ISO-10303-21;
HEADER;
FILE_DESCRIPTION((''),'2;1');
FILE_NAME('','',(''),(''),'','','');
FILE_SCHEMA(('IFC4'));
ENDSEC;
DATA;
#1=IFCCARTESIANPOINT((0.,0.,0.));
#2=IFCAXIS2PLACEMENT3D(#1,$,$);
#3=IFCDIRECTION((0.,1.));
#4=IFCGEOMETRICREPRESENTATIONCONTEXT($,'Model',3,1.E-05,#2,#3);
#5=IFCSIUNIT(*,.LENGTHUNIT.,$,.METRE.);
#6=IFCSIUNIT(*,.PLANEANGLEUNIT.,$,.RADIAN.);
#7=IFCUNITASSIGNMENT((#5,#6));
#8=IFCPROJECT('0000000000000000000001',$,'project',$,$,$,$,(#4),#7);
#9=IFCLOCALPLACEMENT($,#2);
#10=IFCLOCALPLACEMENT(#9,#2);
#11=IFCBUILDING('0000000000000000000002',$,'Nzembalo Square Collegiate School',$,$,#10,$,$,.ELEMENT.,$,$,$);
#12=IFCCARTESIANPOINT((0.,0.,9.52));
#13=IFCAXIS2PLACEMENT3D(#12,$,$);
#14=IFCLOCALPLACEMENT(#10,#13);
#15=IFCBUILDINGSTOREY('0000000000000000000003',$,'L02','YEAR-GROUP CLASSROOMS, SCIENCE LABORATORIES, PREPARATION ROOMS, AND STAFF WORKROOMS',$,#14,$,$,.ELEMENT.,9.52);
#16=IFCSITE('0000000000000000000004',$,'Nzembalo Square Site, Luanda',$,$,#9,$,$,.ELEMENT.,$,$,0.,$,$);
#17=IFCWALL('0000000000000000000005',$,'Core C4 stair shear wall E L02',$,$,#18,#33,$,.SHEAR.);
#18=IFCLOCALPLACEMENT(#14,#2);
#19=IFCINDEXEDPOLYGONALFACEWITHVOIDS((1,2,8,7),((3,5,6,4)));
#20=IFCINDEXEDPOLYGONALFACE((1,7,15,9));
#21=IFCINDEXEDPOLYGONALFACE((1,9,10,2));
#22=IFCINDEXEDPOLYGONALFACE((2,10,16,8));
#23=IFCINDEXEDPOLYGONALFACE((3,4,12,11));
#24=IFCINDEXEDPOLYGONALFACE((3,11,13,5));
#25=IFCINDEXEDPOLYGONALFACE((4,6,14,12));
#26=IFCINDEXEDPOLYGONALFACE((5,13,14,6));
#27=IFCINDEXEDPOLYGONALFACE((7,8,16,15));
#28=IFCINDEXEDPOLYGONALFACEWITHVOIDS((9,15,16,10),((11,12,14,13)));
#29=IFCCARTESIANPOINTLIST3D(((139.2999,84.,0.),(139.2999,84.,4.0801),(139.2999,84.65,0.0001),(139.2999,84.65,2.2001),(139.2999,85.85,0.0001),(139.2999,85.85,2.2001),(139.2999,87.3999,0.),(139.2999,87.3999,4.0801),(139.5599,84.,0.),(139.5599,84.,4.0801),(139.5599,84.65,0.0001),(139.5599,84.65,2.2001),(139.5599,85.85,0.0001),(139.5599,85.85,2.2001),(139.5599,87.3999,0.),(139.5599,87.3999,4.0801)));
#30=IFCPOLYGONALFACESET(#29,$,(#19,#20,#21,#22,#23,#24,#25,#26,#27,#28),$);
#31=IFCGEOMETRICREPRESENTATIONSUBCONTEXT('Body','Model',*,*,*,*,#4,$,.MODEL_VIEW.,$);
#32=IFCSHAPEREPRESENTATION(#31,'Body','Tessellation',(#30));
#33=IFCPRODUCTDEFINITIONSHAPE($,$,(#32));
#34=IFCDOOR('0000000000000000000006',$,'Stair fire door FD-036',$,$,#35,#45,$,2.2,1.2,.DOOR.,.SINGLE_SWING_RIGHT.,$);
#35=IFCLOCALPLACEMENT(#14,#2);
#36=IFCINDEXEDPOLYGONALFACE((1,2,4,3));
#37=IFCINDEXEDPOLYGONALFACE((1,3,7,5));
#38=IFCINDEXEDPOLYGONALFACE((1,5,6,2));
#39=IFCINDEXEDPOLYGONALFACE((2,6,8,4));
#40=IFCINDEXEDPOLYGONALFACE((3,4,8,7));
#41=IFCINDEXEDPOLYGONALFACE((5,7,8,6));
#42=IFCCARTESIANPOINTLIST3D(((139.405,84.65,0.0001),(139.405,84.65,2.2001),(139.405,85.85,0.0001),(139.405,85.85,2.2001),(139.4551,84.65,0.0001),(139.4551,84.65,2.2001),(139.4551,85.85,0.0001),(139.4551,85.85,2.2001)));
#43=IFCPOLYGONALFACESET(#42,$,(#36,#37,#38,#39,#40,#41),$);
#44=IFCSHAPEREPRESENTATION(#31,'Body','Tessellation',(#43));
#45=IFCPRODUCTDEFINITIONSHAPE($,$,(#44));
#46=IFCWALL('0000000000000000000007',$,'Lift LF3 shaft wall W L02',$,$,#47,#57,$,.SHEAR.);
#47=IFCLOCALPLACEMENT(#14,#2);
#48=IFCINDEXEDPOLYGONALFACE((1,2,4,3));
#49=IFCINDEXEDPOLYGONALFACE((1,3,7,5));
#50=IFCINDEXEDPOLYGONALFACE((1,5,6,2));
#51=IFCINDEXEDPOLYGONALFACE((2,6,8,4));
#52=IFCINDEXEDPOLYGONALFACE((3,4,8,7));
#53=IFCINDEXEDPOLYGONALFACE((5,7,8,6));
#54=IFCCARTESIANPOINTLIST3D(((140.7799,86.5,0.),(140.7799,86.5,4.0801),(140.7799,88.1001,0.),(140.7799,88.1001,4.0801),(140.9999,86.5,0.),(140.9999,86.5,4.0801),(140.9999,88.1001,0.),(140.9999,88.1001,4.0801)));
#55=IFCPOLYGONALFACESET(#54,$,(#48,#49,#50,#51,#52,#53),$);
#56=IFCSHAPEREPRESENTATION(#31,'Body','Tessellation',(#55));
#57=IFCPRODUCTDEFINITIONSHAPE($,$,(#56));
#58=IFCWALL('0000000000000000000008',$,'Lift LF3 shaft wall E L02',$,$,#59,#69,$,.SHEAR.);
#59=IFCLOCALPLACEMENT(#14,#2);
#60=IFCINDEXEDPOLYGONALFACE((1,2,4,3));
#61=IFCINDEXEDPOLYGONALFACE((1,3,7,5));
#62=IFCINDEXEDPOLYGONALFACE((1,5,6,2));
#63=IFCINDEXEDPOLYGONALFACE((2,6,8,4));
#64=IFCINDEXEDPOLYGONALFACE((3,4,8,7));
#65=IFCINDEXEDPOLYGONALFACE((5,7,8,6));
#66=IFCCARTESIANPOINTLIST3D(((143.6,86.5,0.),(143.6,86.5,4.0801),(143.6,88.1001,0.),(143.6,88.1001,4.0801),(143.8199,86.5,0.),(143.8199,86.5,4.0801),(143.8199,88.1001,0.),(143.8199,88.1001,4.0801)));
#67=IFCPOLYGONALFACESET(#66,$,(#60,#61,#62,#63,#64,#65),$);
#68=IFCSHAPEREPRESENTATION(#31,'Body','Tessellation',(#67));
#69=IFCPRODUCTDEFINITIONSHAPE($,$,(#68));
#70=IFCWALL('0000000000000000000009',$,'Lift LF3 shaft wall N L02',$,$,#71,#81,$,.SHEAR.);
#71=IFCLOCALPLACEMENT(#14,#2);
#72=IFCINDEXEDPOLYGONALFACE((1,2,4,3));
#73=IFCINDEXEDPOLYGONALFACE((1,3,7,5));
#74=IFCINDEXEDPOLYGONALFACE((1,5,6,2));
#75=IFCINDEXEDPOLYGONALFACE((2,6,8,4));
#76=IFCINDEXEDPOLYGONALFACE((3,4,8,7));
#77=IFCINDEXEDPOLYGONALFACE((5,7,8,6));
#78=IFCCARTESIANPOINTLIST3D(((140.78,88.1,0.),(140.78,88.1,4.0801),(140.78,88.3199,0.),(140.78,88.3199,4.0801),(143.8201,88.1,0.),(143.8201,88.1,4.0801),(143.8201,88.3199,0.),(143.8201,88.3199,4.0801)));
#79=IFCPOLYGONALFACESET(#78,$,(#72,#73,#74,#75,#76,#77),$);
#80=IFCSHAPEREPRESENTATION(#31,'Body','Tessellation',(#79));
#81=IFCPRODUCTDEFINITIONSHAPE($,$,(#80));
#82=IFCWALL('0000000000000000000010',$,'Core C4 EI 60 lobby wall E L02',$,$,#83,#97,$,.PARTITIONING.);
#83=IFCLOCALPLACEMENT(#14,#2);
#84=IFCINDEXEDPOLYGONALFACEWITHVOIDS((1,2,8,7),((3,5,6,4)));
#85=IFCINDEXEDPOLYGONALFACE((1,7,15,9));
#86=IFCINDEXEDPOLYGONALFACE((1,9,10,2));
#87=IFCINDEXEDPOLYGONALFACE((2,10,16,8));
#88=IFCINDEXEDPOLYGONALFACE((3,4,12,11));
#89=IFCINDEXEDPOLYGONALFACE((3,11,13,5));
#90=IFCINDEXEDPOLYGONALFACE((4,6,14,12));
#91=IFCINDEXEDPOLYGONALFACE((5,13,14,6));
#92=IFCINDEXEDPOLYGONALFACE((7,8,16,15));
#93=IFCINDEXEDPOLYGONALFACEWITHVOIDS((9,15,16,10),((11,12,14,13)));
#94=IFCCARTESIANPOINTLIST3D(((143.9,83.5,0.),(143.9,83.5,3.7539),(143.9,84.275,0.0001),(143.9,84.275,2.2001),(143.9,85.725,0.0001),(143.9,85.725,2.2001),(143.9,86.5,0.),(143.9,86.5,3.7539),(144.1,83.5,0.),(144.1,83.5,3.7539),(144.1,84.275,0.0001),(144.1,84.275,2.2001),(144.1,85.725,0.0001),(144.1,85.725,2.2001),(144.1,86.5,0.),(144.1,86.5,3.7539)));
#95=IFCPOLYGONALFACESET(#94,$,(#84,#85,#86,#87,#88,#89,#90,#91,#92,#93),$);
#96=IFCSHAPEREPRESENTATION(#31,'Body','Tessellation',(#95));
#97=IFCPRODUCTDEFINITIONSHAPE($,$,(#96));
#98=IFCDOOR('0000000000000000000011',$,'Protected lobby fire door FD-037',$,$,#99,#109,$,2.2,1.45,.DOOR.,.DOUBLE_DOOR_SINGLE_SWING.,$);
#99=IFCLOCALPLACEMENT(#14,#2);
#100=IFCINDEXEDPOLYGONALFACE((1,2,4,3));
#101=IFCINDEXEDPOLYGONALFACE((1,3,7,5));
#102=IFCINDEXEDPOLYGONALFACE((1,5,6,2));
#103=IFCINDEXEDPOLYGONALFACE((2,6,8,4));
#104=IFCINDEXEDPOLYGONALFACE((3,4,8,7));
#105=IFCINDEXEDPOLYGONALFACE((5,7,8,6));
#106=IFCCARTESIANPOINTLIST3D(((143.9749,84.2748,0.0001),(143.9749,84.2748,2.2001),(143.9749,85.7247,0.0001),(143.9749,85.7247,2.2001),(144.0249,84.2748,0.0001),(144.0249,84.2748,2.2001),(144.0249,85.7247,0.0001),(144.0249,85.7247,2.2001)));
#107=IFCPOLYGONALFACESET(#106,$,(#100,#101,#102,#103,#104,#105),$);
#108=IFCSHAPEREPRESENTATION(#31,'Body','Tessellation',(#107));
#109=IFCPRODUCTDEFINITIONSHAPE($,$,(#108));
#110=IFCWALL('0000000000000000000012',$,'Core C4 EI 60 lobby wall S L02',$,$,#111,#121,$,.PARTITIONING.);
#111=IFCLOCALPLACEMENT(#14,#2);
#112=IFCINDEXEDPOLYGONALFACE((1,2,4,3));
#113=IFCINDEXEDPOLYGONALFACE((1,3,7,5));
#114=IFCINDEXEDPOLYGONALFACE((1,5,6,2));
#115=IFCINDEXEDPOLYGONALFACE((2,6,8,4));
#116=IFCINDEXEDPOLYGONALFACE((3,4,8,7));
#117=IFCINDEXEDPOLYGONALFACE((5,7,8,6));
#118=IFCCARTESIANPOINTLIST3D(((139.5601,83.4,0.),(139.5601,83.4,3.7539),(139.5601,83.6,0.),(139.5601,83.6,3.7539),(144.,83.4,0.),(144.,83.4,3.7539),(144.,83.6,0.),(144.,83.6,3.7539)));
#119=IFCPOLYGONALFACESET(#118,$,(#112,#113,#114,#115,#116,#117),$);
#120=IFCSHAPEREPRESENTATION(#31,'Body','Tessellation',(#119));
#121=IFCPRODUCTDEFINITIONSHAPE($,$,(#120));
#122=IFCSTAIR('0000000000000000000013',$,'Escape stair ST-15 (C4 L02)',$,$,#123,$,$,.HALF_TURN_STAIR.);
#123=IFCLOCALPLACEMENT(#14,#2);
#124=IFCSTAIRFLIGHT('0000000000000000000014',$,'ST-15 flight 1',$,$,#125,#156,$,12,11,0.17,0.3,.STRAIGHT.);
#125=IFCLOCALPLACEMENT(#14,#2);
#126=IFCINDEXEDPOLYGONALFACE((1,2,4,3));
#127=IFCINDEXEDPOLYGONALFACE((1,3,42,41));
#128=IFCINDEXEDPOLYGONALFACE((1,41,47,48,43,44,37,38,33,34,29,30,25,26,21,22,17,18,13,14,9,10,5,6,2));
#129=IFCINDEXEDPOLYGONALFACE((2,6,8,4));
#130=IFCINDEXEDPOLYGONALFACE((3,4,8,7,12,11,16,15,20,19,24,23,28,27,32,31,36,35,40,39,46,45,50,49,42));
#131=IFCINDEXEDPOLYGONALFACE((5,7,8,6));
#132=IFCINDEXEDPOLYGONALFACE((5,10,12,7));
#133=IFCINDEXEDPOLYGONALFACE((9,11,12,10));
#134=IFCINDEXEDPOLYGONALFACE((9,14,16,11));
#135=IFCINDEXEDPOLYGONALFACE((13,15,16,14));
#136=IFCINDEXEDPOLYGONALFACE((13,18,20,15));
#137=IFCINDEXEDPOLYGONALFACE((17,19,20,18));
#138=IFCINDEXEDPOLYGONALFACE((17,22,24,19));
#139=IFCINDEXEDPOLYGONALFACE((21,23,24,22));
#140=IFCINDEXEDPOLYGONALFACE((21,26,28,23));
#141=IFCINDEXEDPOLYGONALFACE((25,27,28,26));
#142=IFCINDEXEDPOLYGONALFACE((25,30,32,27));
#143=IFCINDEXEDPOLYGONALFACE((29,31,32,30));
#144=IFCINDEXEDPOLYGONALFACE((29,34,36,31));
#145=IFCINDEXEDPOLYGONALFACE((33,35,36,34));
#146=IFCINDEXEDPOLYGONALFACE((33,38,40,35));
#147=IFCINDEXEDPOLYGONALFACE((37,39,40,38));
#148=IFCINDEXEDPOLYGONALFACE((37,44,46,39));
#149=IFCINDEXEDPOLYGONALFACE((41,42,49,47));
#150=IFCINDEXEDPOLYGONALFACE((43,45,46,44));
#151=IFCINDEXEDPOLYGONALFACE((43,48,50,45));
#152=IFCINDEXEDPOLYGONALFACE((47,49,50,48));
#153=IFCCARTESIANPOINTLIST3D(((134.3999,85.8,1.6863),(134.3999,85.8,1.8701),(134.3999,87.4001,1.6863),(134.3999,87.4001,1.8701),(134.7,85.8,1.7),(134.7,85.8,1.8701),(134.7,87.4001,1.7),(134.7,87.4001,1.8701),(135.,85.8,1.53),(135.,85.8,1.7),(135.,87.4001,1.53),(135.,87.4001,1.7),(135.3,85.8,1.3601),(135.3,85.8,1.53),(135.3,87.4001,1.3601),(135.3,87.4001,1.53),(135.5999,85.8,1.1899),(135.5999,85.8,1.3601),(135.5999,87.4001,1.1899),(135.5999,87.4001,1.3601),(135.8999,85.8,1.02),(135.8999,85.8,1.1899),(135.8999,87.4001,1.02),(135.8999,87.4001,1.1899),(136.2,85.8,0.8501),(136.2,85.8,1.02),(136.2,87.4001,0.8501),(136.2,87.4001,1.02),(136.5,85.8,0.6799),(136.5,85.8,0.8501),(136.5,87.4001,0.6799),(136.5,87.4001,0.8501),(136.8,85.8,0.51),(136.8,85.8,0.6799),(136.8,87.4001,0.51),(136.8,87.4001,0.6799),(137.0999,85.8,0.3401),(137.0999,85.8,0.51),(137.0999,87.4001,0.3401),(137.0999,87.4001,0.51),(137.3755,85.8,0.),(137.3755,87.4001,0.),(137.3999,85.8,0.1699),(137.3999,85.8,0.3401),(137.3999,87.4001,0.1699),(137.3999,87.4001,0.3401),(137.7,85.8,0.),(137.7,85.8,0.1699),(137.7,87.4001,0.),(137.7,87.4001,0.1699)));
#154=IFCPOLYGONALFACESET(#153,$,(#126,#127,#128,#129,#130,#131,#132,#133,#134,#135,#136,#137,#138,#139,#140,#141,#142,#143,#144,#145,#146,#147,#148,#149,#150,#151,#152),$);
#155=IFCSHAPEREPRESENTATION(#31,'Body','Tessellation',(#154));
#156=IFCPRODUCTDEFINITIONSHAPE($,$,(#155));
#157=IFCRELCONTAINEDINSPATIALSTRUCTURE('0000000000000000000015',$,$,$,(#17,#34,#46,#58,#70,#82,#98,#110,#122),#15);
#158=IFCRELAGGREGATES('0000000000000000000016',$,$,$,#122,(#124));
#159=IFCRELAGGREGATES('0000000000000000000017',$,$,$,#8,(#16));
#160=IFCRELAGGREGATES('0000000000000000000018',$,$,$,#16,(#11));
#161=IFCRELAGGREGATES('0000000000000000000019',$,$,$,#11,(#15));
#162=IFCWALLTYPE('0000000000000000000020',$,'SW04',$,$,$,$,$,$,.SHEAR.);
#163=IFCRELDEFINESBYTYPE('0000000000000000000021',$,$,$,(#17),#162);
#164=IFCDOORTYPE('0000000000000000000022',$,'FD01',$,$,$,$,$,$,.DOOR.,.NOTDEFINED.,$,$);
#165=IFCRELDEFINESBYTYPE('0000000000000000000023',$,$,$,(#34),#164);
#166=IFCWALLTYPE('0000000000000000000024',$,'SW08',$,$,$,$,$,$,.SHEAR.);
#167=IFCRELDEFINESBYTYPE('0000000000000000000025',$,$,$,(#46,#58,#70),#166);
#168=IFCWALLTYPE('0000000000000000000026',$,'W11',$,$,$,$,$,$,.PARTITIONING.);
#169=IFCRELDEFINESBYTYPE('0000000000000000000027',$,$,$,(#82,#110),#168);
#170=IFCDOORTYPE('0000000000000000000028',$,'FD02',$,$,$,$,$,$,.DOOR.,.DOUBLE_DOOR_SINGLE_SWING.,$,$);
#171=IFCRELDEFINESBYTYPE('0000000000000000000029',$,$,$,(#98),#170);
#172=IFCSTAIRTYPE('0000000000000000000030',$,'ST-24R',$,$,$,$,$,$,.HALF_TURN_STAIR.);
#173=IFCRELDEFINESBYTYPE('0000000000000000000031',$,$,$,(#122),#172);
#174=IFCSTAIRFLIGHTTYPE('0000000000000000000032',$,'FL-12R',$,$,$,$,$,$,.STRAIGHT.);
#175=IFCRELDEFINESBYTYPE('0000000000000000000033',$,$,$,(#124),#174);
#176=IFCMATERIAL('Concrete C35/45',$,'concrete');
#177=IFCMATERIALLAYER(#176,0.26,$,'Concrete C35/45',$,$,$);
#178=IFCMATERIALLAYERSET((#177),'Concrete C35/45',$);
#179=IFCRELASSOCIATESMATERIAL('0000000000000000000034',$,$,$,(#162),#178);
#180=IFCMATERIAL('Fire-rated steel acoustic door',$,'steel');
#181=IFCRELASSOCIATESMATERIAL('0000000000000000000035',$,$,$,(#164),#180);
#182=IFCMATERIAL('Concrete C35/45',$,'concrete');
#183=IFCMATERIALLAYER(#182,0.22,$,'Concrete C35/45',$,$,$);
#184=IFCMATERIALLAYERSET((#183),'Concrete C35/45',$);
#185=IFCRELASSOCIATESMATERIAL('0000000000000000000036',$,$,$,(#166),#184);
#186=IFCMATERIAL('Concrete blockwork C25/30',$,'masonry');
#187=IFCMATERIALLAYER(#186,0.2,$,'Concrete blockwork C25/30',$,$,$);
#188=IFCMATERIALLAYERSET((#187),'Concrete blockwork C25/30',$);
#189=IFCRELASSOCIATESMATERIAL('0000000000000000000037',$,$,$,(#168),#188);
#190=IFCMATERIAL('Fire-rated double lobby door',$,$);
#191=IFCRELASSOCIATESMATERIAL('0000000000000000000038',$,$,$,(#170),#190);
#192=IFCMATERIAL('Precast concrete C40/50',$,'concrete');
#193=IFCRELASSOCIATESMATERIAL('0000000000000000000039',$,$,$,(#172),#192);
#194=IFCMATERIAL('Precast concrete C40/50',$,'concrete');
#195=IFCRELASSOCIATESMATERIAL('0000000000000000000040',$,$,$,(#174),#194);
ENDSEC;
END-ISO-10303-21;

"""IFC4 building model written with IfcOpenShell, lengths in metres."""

from ifc_helpers import new_model, si_unit, direction, frame, frame_2d, origin, place, context, subcontext, project, spatial, polyline, rectangle, outline, extrude, material, layer, layer_set, type_object, element, fill, aggregate, save


model = new_model("IFC4")

# Units and contexts
model_context = context("Model", 3, precision=1e-05, world=origin(), true_north=direction((0.0, 1.0)))
body_context = subcontext(model_context, "Body", "Model", "MODEL_VIEW")
ifc_project = project(units=[si_unit("LENGTHUNIT", "METRE"), si_unit("PLANEANGLEUNIT", "RADIAN")], contexts=[model_context])

# Site, building, storey
site_placement = place(None, origin())
site = spatial("IfcSite", under=ifc_project, at=site_placement, Name="Nzembalo Square Site, Luanda", CompositionType="ELEMENT", RefElevation=0.0)
building_placement = place(site_placement, origin())
building = spatial("IfcBuilding", under=site, at=building_placement, Name="Nzembalo Square Collegiate School", CompositionType="ELEMENT")
storey_placement = place(building_placement, frame((0.0, 0.0, 9.52)))
storey = spatial("IfcBuildingStorey", under=building, at=storey_placement, Name="L02", Description="YEAR-GROUP CLASSROOMS, SCIENCE LABORATORIES, PREPARATION ROOMS, AND STAFF WORKROOMS", CompositionType="ELEMENT", Elevation=9.52)

# Wall, opening, door
ifc_material_1 = material(Name="Concrete C35/45", Category="concrete")
ifc_layer_1 = layer(ifc_material_1, 0.26, Name="Concrete C35/45")
ifc_layer_set_1 = layer_set([ifc_layer_1], Name="Concrete C35/45")
wall_type_1 = type_object("IfcWallType", Name="SW04", PredefinedType="SHEAR", material=ifc_layer_set_1)
wall_1_placement = place(storey_placement, frame((139.4299, 84.0, 0.0), z_axis=(0.0, 0.0, 1.0), x_axis=(0.0, 1.0, 0.0)))
wall_1 = element("IfcWall", 1, at=wall_1_placement, inside=storey, type_object=wall_type_1, Name="Core C4 stair shear wall E L02", PredefinedType="SHEAR", context=body_context, shape_type="SweptSolid", body=[
    extrude(rectangle(XDim=3.3999, YDim=0.26, at=frame_2d((1.7, 0.0))), origin(), (0.0, 0.0, 1.0), 4.0801),
])
opening_1_placement = place(wall_1_placement, frame((0.6499, 0.0, 0.0)))
opening_1 = element("IfcOpeningElement", 2, at=opening_1_placement, cuts=wall_1, PredefinedType="OPENING", context=body_context, shape_type="SweptSolid", body=[
    extrude(rectangle(XDim=1.2, YDim=2.2, at=frame_2d((0.6001, 1.1001))), frame((0.0, 0.1401, 0.0), z_axis=(0.0, -1.0, 0.0), x_axis=(1.0, 0.0, 0.0)), (0.0, 0.0, 1.0), 0.28),
])
ifc_material_2 = material(Name="Fire-rated steel acoustic door", Category="steel")
door_type_1 = type_object("IfcDoorType", Name="FD01", OperationType="NOTDEFINED", PredefinedType="DOOR", material=ifc_material_2)
door_1_placement = place(opening_1_placement, origin())
door_1 = element("IfcDoor", 3, at=door_1_placement, inside=storey, type_object=door_type_1, Name="Stair fire door FD-036", OperationType="SINGLE_SWING_RIGHT", OverallHeight=2.2, OverallWidth=1.2, PredefinedType="DOOR", context=body_context, shape_type="SweptSolid", body=[
    extrude(rectangle(XDim=1.2, YDim=2.2, at=frame_2d((0.6001, 1.1001))), frame((0.0, 0.0249, 0.0), z_axis=(0.0, -1.0, 0.0), x_axis=(1.0, 0.0, 0.0)), (0.0, 0.0, 1.0), 0.05),
])
fill(opening_1, door_1)

# Walls
ifc_material_3 = material(Name="Concrete C35/45", Category="concrete")
ifc_layer_2 = layer(ifc_material_3, 0.22, Name="Concrete C35/45")
ifc_layer_set_2 = layer_set([ifc_layer_2], Name="Concrete C35/45")
wall_type_2 = type_object("IfcWallType", Name="SW08", PredefinedType="SHEAR", material=ifc_layer_set_2)
for number, where, z_axis, x_axis, name in (
    (4, (140.8899, 86.5, 0.0), (0.0, 0.0, 1.0), (0.0, 1.0, 0.0), "Lift LF3 shaft wall W L02"),
    (5, (143.71, 86.5, 0.0), (0.0, 0.0, 1.0), (0.0, 1.0, 0.0), "Lift LF3 shaft wall E L02"),
):
    element("IfcWall", number, at=place(storey_placement, frame(where, z_axis=z_axis, x_axis=x_axis)), inside=storey, type_object=wall_type_2, Name=name, PredefinedType="SHEAR", context=body_context, shape_type="SweptSolid", body=[
        extrude(rectangle(XDim=1.6001, YDim=0.22, at=frame_2d((0.8, 0.0))), origin(), (0.0, 0.0, 1.0), 4.0801),
    ])
wall_2_placement = place(storey_placement, frame((140.78, 88.21, 0.0), z_axis=(0.0, 0.0, 1.0), x_axis=(1.0, 0.0, 0.0)))
element("IfcWall", 6, at=wall_2_placement, inside=storey, type_object=wall_type_2, Name="Lift LF3 shaft wall N L02", PredefinedType="SHEAR", context=body_context, shape_type="SweptSolid", body=[
    extrude(rectangle(XDim=3.04, YDim=0.22, at=frame_2d((1.52, 0.0))), origin(), (0.0, 0.0, 1.0), 4.0801),
])

# Wall, opening, door
ifc_material_4 = material(Name="Concrete blockwork C25/30", Category="masonry")
ifc_layer_3 = layer(ifc_material_4, 0.2, Name="Concrete blockwork C25/30")
ifc_layer_set_3 = layer_set([ifc_layer_3], Name="Concrete blockwork C25/30")
wall_type_3 = type_object("IfcWallType", Name="W11", PredefinedType="PARTITIONING", material=ifc_layer_set_3)
wall_3_placement = place(storey_placement, frame((144.0, 83.5, 0.0), z_axis=(0.0, 0.0, 1.0), x_axis=(0.0, 1.0, 0.0)))
wall_3 = element("IfcWall", 7, at=wall_3_placement, inside=storey, type_object=wall_type_3, Name="Core C4 EI 60 lobby wall E L02", PredefinedType="PARTITIONING", context=body_context, shape_type="SweptSolid", body=[
    extrude(rectangle(XDim=3.0, YDim=0.2, at=frame_2d((1.5, 0.0))), origin(), (0.0, 0.0, 1.0), 3.7539),
])
opening_2_placement = place(wall_3_placement, frame((0.7749, 0.0, 0.0)))
opening_2 = element("IfcOpeningElement", 8, at=opening_2_placement, cuts=wall_3, PredefinedType="OPENING", context=body_context, shape_type="SweptSolid", body=[
    extrude(rectangle(XDim=1.45, YDim=2.2, at=frame_2d((0.7251, 1.1001))), frame((0.0, 0.1099, 0.0), z_axis=(0.0, -1.0, 0.0), x_axis=(1.0, 0.0, 0.0)), (0.0, 0.0, 1.0), 0.22),
])
ifc_material_5 = material(Name="Fire-rated double lobby door")
door_type_2 = type_object("IfcDoorType", Name="FD02", OperationType="DOUBLE_DOOR_SINGLE_SWING", PredefinedType="DOOR", material=ifc_material_5)
door_2_placement = place(opening_2_placement, frame((1.45, 0.0, 0.0), z_axis=(0.0, 0.0, 1.0), x_axis=(-1.0, 0.0, 0.0)))
door_2 = element("IfcDoor", 9, at=door_2_placement, inside=storey, type_object=door_type_2, Name="Protected lobby fire door FD-037", OperationType="DOUBLE_DOOR_SINGLE_SWING", OverallHeight=2.2, OverallWidth=1.45, PredefinedType="DOOR", context=body_context, shape_type="SweptSolid", body=[
    extrude(rectangle(XDim=1.45, YDim=2.2, at=frame_2d((0.7251, 1.1001))), frame((0.0, 0.0249, 0.0), z_axis=(0.0, -1.0, 0.0), x_axis=(1.0, 0.0, 0.0)), (0.0, 0.0, 1.0), 0.05),
])
fill(opening_2, door_2)

# Wall
wall_4_placement = place(storey_placement, frame((139.5601, 83.5, 0.0), z_axis=(0.0, 0.0, 1.0), x_axis=(1.0, 0.0, 0.0)))
element("IfcWall", 10, at=wall_4_placement, inside=storey, type_object=wall_type_3, Name="Core C4 EI 60 lobby wall S L02", PredefinedType="PARTITIONING", context=body_context, shape_type="SweptSolid", body=[
    extrude(rectangle(XDim=4.4399, YDim=0.2, at=frame_2d((2.22, 0.0))), origin(), (0.0, 0.0, 1.0), 3.7539),
])

# Stair, stair flight
ifc_material_6 = material(Name="Precast concrete C40/50", Category="concrete")
stair_type = type_object("IfcStairType", Name="ST-24R", PredefinedType="HALF_TURN_STAIR", material=ifc_material_6)
stair_placement = place(storey_placement, origin())
stair = element("IfcStair", 11, at=stair_placement, inside=storey, type_object=stair_type, Name="Escape stair ST-15 (C4 L02)", PredefinedType="HALF_TURN_STAIR")
ifc_material_7 = material(Name="Precast concrete C40/50", Category="concrete")
stair_flight_type = type_object("IfcStairFlightType", Name="FL-12R", PredefinedType="STRAIGHT", material=ifc_material_7)
stair_flight_placement = place(storey_placement, frame((137.7, 86.6001, 0.0), z_axis=(0.0, 0.0, 1.0), x_axis=(-1.0, 0.0, 0.0)))
stair_flight = element("IfcStairFlight", 12, at=stair_flight_placement, type_object=stair_flight_type, Name="ST-15 flight 1", NumberOfRisers=12, NumberOfTreads=11, PredefinedType="STRAIGHT", RiserHeight=0.17, TreadLength=0.3, context=body_context, shape_type="SweptSolid", body=[
    extrude(outline(polyline([(0.0, 0.0), (0.0, 0.1699), (0.3, 0.1699), (0.3, 0.3401), (0.6001, 0.3401), (0.6001, 0.51), (0.8999, 0.51), (0.8999, 0.6799), (1.2, 0.6799), (1.2, 0.8501), (1.5, 0.8501), (1.5, 1.02), (1.8, 1.02), (1.8, 1.1899), (2.1001, 1.1899), (2.1001, 1.3601), (2.3999, 1.3601), (2.3999, 1.53), (2.7, 1.53), (2.7, 1.7), (3.0, 1.7), (3.0, 1.8701), (3.3, 1.8701), (3.3, 2.04), (3.3, 1.6863), (0.3245, 0.0), (0.0, 0.0)])), frame((0.0, 0.8, 0.0), z_axis=(0.0, -1.0, 0.0), x_axis=(1.0, 0.0, 0.0)), (0.0, 0.0, 1.0), 1.6001),
])
aggregate(stair, [stair_flight])

save(model, "model.ifc")
